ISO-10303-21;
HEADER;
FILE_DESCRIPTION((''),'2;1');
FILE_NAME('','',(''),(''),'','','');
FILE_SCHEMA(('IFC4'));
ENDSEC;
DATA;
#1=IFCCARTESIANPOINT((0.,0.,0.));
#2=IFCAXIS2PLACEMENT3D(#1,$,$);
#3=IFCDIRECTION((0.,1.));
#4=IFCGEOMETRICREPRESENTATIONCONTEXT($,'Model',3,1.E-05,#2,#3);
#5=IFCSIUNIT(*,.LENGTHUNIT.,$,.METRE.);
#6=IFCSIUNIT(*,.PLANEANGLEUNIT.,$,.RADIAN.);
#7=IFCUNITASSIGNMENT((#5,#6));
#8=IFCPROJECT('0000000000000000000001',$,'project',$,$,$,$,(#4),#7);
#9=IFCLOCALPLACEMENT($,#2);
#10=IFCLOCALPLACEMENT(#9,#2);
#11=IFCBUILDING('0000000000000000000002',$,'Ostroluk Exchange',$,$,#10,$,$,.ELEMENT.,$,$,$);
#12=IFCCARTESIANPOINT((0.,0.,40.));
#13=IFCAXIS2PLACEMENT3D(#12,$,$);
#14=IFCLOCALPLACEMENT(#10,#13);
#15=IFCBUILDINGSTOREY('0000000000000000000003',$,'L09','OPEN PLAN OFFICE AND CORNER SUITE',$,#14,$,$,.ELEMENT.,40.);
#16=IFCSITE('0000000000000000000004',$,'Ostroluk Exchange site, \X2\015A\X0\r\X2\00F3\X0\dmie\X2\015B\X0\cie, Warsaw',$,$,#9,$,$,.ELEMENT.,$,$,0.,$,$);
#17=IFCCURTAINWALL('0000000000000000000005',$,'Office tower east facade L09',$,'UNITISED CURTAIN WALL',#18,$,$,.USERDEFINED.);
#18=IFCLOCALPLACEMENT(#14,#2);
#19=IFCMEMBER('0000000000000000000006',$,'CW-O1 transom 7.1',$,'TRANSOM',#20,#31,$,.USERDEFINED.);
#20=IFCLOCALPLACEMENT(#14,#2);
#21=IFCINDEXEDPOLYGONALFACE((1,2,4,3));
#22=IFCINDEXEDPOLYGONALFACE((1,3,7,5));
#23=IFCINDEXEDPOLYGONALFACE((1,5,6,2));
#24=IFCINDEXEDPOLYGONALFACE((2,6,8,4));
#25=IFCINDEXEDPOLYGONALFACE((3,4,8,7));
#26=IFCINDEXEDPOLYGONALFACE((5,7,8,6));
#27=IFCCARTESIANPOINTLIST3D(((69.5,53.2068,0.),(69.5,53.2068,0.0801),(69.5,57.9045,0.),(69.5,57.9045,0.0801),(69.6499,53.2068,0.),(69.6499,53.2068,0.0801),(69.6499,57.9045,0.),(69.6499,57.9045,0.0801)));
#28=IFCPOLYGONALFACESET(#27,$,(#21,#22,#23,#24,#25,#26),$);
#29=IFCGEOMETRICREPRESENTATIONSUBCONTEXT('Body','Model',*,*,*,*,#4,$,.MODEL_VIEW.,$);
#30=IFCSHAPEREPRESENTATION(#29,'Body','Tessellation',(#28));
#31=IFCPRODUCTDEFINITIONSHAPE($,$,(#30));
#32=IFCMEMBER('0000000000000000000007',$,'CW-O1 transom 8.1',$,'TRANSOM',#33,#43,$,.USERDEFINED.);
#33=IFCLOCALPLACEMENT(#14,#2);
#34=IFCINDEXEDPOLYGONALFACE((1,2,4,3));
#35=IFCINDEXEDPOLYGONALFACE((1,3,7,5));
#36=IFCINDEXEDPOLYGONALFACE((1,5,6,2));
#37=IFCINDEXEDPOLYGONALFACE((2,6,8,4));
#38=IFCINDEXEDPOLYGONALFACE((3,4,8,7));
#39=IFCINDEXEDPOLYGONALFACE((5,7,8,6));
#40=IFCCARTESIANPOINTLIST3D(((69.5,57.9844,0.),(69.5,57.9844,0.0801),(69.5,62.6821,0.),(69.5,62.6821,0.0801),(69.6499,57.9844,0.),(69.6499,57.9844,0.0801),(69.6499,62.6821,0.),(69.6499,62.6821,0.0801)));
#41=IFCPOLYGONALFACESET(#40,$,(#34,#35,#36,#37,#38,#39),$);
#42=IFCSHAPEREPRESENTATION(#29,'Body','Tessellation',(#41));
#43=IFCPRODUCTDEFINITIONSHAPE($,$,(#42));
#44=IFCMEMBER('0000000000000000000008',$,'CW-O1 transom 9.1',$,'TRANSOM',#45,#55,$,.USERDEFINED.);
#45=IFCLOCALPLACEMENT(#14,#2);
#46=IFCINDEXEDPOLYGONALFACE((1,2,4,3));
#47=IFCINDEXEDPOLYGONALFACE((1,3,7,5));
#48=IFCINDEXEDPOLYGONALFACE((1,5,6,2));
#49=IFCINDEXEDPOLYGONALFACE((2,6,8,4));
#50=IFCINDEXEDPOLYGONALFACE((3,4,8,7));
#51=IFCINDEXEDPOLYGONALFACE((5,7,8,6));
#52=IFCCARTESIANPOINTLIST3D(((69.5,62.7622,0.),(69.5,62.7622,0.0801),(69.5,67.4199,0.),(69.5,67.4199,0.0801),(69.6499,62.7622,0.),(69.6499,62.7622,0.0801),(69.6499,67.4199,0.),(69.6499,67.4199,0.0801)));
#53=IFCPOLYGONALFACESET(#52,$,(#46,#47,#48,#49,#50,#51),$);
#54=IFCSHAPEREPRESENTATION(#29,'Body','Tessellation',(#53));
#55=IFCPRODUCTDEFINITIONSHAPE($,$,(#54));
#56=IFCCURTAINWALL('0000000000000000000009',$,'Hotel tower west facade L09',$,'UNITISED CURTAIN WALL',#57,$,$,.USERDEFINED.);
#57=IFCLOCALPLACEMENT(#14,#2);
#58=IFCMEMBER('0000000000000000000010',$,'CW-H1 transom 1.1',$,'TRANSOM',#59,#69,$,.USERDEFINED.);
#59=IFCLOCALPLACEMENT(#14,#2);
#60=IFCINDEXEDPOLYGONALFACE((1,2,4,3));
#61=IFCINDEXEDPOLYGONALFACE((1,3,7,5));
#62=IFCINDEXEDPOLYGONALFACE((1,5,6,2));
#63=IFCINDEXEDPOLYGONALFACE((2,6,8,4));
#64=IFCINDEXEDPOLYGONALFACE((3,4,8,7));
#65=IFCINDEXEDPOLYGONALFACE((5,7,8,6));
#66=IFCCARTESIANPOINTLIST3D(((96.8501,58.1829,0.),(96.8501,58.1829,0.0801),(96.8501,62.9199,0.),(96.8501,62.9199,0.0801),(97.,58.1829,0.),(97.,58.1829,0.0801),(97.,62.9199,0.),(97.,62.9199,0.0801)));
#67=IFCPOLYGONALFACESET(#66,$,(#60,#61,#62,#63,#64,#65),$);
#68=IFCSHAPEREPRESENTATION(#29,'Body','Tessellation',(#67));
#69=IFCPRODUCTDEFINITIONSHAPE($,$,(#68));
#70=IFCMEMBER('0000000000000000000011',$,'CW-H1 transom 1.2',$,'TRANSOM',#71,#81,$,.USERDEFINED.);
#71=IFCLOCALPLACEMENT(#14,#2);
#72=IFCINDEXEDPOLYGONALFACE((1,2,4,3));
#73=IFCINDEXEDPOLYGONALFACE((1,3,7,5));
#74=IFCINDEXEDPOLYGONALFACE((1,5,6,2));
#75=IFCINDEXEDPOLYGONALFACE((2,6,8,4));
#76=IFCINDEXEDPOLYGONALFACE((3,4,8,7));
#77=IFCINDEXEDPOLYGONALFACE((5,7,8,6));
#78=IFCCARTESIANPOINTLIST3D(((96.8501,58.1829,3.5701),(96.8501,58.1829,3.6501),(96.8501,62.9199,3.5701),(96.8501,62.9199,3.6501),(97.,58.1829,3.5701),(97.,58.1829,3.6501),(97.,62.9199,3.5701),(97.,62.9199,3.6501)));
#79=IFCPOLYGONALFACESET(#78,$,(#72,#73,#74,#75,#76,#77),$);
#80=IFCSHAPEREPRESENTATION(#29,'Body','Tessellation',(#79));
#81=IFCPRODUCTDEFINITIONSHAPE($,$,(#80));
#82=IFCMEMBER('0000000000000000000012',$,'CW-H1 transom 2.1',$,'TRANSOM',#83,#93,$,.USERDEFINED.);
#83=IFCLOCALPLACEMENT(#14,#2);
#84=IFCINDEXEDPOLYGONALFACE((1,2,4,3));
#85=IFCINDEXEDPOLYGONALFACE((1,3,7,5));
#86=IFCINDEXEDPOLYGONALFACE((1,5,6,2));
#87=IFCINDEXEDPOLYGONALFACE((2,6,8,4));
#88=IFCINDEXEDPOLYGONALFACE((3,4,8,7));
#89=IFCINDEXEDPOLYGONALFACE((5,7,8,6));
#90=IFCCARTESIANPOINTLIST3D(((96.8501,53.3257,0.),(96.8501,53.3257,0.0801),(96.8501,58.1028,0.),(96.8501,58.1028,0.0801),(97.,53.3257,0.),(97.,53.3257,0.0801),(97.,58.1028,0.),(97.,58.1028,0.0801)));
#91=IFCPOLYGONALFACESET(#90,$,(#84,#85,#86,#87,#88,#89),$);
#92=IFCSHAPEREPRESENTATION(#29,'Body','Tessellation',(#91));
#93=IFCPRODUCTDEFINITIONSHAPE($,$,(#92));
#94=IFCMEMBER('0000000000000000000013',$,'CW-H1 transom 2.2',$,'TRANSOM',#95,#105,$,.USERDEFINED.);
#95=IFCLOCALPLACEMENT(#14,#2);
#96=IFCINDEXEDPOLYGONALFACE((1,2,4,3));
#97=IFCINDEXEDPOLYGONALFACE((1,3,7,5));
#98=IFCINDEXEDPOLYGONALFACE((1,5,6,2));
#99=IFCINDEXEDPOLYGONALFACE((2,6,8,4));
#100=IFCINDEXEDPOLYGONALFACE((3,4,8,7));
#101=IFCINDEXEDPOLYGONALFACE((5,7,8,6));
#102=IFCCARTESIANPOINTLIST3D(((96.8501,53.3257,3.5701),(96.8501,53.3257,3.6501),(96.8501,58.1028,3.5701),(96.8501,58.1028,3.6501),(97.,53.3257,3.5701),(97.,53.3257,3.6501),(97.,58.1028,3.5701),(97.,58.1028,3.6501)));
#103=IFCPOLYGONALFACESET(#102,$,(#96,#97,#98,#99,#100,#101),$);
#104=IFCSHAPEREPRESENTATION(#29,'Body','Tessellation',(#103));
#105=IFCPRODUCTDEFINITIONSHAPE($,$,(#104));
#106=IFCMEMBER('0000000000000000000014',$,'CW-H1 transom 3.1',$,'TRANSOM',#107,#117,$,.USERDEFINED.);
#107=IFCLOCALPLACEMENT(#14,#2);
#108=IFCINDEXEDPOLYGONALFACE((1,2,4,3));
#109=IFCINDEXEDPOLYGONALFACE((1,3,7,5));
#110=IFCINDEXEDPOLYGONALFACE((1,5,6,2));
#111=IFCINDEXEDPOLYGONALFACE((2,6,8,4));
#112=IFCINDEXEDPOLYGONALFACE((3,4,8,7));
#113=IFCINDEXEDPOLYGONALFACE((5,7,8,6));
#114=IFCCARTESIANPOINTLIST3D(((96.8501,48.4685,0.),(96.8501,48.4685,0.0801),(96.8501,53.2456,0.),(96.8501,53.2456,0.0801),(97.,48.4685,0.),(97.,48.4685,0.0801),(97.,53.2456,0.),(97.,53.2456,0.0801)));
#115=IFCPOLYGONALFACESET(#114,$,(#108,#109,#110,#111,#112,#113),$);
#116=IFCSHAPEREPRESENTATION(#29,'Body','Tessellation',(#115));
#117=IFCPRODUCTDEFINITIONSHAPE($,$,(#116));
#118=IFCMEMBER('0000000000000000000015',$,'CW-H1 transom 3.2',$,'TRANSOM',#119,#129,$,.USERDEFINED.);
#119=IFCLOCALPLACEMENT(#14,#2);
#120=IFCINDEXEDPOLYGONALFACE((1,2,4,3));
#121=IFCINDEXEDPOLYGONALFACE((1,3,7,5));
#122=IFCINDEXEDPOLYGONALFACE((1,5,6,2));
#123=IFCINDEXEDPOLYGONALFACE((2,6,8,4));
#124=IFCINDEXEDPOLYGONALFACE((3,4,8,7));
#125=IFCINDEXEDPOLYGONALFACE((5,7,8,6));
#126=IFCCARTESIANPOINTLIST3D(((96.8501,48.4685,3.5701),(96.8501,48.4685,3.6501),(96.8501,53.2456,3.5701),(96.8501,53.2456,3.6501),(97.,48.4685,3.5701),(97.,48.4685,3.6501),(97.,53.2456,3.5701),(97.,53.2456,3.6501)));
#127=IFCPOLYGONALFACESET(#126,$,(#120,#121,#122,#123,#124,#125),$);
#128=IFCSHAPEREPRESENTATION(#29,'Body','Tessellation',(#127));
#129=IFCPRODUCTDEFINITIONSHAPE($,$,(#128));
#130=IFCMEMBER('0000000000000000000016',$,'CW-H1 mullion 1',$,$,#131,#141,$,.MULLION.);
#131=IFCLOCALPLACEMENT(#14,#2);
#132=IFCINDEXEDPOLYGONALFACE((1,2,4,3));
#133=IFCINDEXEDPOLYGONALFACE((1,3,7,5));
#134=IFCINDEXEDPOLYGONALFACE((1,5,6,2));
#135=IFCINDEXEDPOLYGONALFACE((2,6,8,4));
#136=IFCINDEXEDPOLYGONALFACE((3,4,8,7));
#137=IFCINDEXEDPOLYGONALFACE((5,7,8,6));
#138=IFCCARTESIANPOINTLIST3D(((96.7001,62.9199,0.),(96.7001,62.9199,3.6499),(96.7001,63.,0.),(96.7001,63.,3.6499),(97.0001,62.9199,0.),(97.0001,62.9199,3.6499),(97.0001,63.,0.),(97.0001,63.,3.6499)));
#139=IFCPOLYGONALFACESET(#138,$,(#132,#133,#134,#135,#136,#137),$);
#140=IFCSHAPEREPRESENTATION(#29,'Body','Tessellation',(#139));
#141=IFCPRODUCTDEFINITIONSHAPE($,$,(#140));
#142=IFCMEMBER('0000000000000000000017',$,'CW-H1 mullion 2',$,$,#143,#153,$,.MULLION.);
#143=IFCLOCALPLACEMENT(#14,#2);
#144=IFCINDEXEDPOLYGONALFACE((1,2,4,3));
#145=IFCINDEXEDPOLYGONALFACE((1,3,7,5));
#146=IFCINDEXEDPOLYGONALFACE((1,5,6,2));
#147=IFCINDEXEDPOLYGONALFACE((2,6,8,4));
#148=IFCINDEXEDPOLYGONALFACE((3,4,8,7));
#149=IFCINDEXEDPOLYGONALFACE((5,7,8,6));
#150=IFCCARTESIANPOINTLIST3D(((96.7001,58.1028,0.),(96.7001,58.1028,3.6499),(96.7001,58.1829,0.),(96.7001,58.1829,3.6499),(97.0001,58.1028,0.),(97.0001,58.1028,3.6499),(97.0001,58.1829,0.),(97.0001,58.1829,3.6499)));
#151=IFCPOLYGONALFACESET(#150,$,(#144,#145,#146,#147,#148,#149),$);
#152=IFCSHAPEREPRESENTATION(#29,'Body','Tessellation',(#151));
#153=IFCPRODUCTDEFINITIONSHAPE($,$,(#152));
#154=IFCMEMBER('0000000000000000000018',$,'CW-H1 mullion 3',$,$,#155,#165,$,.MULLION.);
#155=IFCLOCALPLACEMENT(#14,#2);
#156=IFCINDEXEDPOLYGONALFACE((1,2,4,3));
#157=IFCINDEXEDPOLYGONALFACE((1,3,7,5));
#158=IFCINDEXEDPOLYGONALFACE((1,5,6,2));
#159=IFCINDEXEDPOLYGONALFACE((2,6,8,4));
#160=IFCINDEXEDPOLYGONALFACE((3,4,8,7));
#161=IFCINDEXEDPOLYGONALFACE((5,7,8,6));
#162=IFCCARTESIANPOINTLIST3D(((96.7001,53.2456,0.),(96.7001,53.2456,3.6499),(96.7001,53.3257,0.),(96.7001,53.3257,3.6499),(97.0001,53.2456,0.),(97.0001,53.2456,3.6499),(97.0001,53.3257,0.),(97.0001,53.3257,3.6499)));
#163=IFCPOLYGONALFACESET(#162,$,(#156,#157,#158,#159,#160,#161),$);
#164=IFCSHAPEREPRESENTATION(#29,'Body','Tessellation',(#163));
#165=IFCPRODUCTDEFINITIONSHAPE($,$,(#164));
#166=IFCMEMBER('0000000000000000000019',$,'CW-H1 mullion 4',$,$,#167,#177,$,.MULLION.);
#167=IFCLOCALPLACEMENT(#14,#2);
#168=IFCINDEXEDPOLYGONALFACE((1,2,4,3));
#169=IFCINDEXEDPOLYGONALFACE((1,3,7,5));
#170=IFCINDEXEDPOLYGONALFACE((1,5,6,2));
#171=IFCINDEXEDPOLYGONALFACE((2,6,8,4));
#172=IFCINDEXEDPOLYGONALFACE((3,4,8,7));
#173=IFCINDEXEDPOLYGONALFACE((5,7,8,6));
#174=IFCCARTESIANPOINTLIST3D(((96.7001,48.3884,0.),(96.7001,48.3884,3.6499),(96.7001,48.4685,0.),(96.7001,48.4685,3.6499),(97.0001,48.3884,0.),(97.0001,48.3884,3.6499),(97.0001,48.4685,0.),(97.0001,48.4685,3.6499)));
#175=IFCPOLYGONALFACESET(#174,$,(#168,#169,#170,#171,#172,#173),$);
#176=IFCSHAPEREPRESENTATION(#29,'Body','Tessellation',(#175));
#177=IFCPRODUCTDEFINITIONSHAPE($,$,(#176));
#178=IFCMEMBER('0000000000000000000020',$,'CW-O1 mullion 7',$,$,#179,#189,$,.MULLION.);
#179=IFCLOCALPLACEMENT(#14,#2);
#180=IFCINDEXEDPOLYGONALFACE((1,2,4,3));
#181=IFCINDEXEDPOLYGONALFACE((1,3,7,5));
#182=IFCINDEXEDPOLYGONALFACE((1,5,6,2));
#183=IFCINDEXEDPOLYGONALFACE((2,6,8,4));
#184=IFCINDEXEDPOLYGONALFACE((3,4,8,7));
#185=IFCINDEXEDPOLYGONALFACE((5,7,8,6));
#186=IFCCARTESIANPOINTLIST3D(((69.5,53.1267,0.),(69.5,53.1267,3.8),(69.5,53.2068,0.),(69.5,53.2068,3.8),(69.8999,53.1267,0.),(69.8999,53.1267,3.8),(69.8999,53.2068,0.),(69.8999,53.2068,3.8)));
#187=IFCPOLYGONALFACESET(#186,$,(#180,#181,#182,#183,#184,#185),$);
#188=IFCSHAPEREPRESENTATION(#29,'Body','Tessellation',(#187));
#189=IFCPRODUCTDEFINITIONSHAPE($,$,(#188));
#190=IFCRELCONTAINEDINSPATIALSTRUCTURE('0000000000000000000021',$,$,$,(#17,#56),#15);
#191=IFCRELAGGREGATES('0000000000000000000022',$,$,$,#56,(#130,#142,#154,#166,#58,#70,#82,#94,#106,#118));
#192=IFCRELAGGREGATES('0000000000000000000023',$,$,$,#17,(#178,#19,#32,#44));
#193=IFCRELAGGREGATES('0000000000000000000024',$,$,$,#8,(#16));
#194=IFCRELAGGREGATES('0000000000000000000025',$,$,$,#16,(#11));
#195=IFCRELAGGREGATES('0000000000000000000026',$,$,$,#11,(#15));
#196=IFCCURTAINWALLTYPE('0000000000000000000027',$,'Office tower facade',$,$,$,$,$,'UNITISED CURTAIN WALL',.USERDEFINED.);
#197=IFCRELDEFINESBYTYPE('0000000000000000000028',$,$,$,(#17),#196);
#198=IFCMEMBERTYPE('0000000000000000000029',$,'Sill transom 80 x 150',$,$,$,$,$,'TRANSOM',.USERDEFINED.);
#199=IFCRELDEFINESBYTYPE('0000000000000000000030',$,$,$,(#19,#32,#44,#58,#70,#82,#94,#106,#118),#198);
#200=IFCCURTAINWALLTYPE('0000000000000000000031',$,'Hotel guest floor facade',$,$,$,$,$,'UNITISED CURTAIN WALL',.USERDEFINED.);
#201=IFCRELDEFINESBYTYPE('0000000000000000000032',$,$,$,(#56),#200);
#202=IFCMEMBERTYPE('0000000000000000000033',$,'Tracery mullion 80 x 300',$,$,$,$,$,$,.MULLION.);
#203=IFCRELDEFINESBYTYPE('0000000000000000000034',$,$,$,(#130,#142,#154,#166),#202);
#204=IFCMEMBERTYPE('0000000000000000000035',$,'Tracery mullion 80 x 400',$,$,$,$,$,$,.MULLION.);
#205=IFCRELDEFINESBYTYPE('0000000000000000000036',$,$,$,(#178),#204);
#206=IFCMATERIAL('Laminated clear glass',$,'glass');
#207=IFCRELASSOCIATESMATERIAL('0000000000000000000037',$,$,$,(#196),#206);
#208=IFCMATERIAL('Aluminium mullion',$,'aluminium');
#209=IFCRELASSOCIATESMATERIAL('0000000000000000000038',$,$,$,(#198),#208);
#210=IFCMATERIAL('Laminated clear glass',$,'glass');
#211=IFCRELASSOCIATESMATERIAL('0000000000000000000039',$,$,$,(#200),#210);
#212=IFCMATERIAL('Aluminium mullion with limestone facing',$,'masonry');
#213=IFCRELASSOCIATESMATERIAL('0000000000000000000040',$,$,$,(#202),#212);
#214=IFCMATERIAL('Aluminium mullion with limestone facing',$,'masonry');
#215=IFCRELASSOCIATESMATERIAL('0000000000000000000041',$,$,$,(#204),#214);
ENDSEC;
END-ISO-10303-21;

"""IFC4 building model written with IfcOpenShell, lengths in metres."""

from ifc_helpers import new_model, si_unit, direction, frame, origin, origin_2d, place, context, subcontext, project, spatial, rectangle, extrude, material, material_profile, profile_set, type_object, element, aggregate, save


model = new_model("IFC4")

# Units and contexts
model_context = context("Model", 3, precision=1e-05, world=origin(), true_north=direction((0.0, 1.0)))
body_context = subcontext(model_context, "Body", "Model", "MODEL_VIEW")
ifc_project = project(units=[si_unit("LENGTHUNIT", "METRE"), si_unit("PLANEANGLEUNIT", "RADIAN")], contexts=[model_context])

# Site, building, storey
site_placement = place(None, origin())
site = spatial("IfcSite", under=ifc_project, at=site_placement, Name="Ostroluk Exchange site, Śródmieście, Warsaw", CompositionType="ELEMENT", RefElevation=0.0)
building_placement = place(site_placement, origin())
building = spatial("IfcBuilding", under=site, at=building_placement, Name="Ostroluk Exchange", CompositionType="ELEMENT")
storey_placement = place(building_placement, frame((0.0, 0.0, 40.0)))
storey = spatial("IfcBuildingStorey", under=building, at=storey_placement, Name="L09", Description="OPEN PLAN OFFICE AND CORNER SUITE", CompositionType="ELEMENT", Elevation=40.0)

# Curtain walls, members
ifc_material_1 = material(Name="Laminated clear glass", Category="glass")
curtain_wall_type_1 = type_object("IfcCurtainWallType", Name="Office tower facade", ElementType="UNITISED CURTAIN WALL", PredefinedType="USERDEFINED", material=ifc_material_1)
curtain_wall_1_placement = place(storey_placement, origin())
curtain_wall_1 = element("IfcCurtainWall", 1, at=curtain_wall_1_placement, inside=storey, type_object=curtain_wall_type_1, Name="Office tower east facade L09", ObjectType="UNITISED CURTAIN WALL", PredefinedType="USERDEFINED")
ifc_material_2 = material(Name="Aluminium mullion", Category="aluminium")
ifc_material_profile_1 = material_profile(ifc_material_2, rectangle(XDim=0.1499, YDim=0.0801, at=origin_2d()), Name="Sill transom 80 x 150")
ifc_profile_set_1 = profile_set([ifc_material_profile_1], Name="Aluminium mullion")
member_type_1 = type_object("IfcMemberType", Name="Sill transom 80 x 150", ElementType="TRANSOM", PredefinedType="USERDEFINED", material=ifc_profile_set_1)
member_1_placement = place(storey_placement, frame((69.575, 53.2068, 0.04), z_axis=(0.0, 1.0, 0.0), x_axis=(-1.0, 0.0, 0.0)))
member_1 = element("IfcMember", 2, at=member_1_placement, type_object=member_type_1, Name="CW-O1 transom 7.1", ObjectType="TRANSOM", PredefinedType="USERDEFINED", context=body_context, shape_type="SweptSolid", body=[
    extrude(rectangle(XDim=0.1499, YDim=0.0801, at=origin_2d()), origin(), (0.0, 0.0, 1.0), 4.6978),
])
member_2_placement = place(storey_placement, frame((69.575, 57.9844, 0.04), z_axis=(0.0, 1.0, 0.0), x_axis=(-1.0, 0.0, 0.0)))
member_2 = element("IfcMember", 3, at=member_2_placement, type_object=member_type_1, Name="CW-O1 transom 8.1", ObjectType="TRANSOM", PredefinedType="USERDEFINED", context=body_context, shape_type="SweptSolid", body=[
    extrude(rectangle(XDim=0.1499, YDim=0.0801, at=origin_2d()), origin(), (0.0, 0.0, 1.0), 4.6978),
])
member_3_placement = place(storey_placement, frame((69.575, 62.7622, 0.04), z_axis=(0.0, 1.0, 0.0), x_axis=(-1.0, 0.0, 0.0)))
member_3 = element("IfcMember", 4, at=member_3_placement, type_object=member_type_1, Name="CW-O1 transom 9.1", ObjectType="TRANSOM", PredefinedType="USERDEFINED", context=body_context, shape_type="SweptSolid", body=[
    extrude(rectangle(XDim=0.1499, YDim=0.0801, at=origin_2d()), origin(), (0.0, 0.0, 1.0), 4.6577),
])
ifc_material_3 = material(Name="Laminated clear glass", Category="glass")
curtain_wall_type_2 = type_object("IfcCurtainWallType", Name="Hotel guest floor facade", ElementType="UNITISED CURTAIN WALL", PredefinedType="USERDEFINED", material=ifc_material_3)
curtain_wall_2_placement = place(storey_placement, origin())
curtain_wall_2 = element("IfcCurtainWall", 5, at=curtain_wall_2_placement, inside=storey, type_object=curtain_wall_type_2, Name="Hotel tower west facade L09", ObjectType="UNITISED CURTAIN WALL", PredefinedType="USERDEFINED")
member_4_placement = place(storey_placement, frame((96.925, 62.9199, 0.04), z_axis=(0.0, -1.0, 0.0), x_axis=(1.0, 0.0, 0.0)))
member_4 = element("IfcMember", 6, at=member_4_placement, type_object=member_type_1, Name="CW-H1 transom 1.1", ObjectType="TRANSOM", PredefinedType="USERDEFINED", context=body_context, shape_type="SweptSolid", body=[
    extrude(rectangle(XDim=0.1499, YDim=0.0801, at=origin_2d()), origin(), (0.0, 0.0, 1.0), 4.7371),
])
member_5_placement = place(storey_placement, frame((96.925, 62.9199, 3.6101), z_axis=(0.0, -1.0, 0.0), x_axis=(1.0, 0.0, 0.0)))
member_5 = element("IfcMember", 7, at=member_5_placement, type_object=member_type_1, Name="CW-H1 transom 1.2", ObjectType="TRANSOM", PredefinedType="USERDEFINED", context=body_context, shape_type="SweptSolid", body=[
    extrude(rectangle(XDim=0.1499, YDim=0.0801, at=origin_2d()), origin(), (0.0, 0.0, 1.0), 4.7371),
])
member_6_placement = place(storey_placement, frame((96.925, 58.1028, 0.04), z_axis=(0.0, -1.0, 0.0), x_axis=(1.0, 0.0, 0.0)))
member_6 = element("IfcMember", 8, at=member_6_placement, type_object=member_type_1, Name="CW-H1 transom 2.1", ObjectType="TRANSOM", PredefinedType="USERDEFINED", context=body_context, shape_type="SweptSolid", body=[
    extrude(rectangle(XDim=0.1499, YDim=0.0801, at=origin_2d()), origin(), (0.0, 0.0, 1.0), 4.7771),
])
member_7_placement = place(storey_placement, frame((96.925, 58.1028, 3.6101), z_axis=(0.0, -1.0, 0.0), x_axis=(1.0, 0.0, 0.0)))
member_7 = element("IfcMember", 9, at=member_7_placement, type_object=member_type_1, Name="CW-H1 transom 2.2", ObjectType="TRANSOM", PredefinedType="USERDEFINED", context=body_context, shape_type="SweptSolid", body=[
    extrude(rectangle(XDim=0.1499, YDim=0.0801, at=origin_2d()), origin(), (0.0, 0.0, 1.0), 4.7771),
])
member_8_placement = place(storey_placement, frame((96.925, 53.2456, 0.04), z_axis=(0.0, -1.0, 0.0), x_axis=(1.0, 0.0, 0.0)))
member_8 = element("IfcMember", 10, at=member_8_placement, type_object=member_type_1, Name="CW-H1 transom 3.1", ObjectType="TRANSOM", PredefinedType="USERDEFINED", context=body_context, shape_type="SweptSolid", body=[
    extrude(rectangle(XDim=0.1499, YDim=0.0801, at=origin_2d()), origin(), (0.0, 0.0, 1.0), 4.7771),
])
member_9_placement = place(storey_placement, frame((96.925, 53.2456, 3.6101), z_axis=(0.0, -1.0, 0.0), x_axis=(1.0, 0.0, 0.0)))
member_9 = element("IfcMember", 11, at=member_9_placement, type_object=member_type_1, Name="CW-H1 transom 3.2", ObjectType="TRANSOM", PredefinedType="USERDEFINED", context=body_context, shape_type="SweptSolid", body=[
    extrude(rectangle(XDim=0.1499, YDim=0.0801, at=origin_2d()), origin(), (0.0, 0.0, 1.0), 4.7771),
])
ifc_material_4 = material(Name="Aluminium mullion with limestone facing", Category="masonry")
ifc_material_profile_2 = material_profile(ifc_material_4, rectangle(XDim=0.3, YDim=0.0801, at=origin_2d()), Name="Tracery mullion 80 x 300")
ifc_profile_set_2 = profile_set([ifc_material_profile_2], Name="Aluminium mullion with limestone facing")
member_type_2 = type_object("IfcMemberType", Name="Tracery mullion 80 x 300", PredefinedType="MULLION", material=ifc_profile_set_2)
member_10_placement = place(storey_placement, frame((96.8501, 62.96, 0.0), z_axis=(0.0, 0.0, 1.0), x_axis=(1.0, 0.0, 0.0)))
member_10 = element("IfcMember", 12, at=member_10_placement, type_object=member_type_2, Name="CW-H1 mullion 1", PredefinedType="MULLION", context=body_context, shape_type="SweptSolid", body=[
    extrude(rectangle(XDim=0.3, YDim=0.0801, at=origin_2d()), origin(), (0.0, 0.0, 1.0), 3.6499),
])
member_11_placement = place(storey_placement, frame((96.8501, 58.1428, 0.0), z_axis=(0.0, 0.0, 1.0), x_axis=(1.0, 0.0, 0.0)))
member_11 = element("IfcMember", 13, at=member_11_placement, type_object=member_type_2, Name="CW-H1 mullion 2", PredefinedType="MULLION", context=body_context, shape_type="SweptSolid", body=[
    extrude(rectangle(XDim=0.3, YDim=0.0801, at=origin_2d()), origin(), (0.0, 0.0, 1.0), 3.6499),
])
member_12_placement = place(storey_placement, frame((96.8501, 53.2856, 0.0), z_axis=(0.0, 0.0, 1.0), x_axis=(1.0, 0.0, 0.0)))
member_12 = element("IfcMember", 14, at=member_12_placement, type_object=member_type_2, Name="CW-H1 mullion 3", PredefinedType="MULLION", context=body_context, shape_type="SweptSolid", body=[
    extrude(rectangle(XDim=0.3, YDim=0.0801, at=origin_2d()), origin(), (0.0, 0.0, 1.0), 3.6499),
])
member_13_placement = place(storey_placement, frame((96.8501, 48.4285, 0.0), z_axis=(0.0, 0.0, 1.0), x_axis=(1.0, 0.0, 0.0)))
member_13 = element("IfcMember", 15, at=member_13_placement, type_object=member_type_2, Name="CW-H1 mullion 4", PredefinedType="MULLION", context=body_context, shape_type="SweptSolid", body=[
    extrude(rectangle(XDim=0.3, YDim=0.0801, at=origin_2d()), origin(), (0.0, 0.0, 1.0), 3.6499),
])

# Member
ifc_material_5 = material(Name="Aluminium mullion with limestone facing", Category="masonry")
ifc_material_profile_3 = material_profile(ifc_material_5, rectangle(XDim=0.3999, YDim=0.0801, at=origin_2d()), Name="Tracery mullion 80 x 400")
ifc_profile_set_3 = profile_set([ifc_material_profile_3], Name="Aluminium mullion with limestone facing")
member_type_3 = type_object("IfcMemberType", Name="Tracery mullion 80 x 400", PredefinedType="MULLION", material=ifc_profile_set_3)
member_14_placement = place(storey_placement, frame((69.7, 53.1667, 0.0), z_axis=(0.0, 0.0, 1.0), x_axis=(-1.0, 0.0, 0.0)))
member_14 = element("IfcMember", 16, at=member_14_placement, type_object=member_type_3, Name="CW-O1 mullion 7", PredefinedType="MULLION", context=body_context, shape_type="SweptSolid", body=[
    extrude(rectangle(XDim=0.3999, YDim=0.0801, at=origin_2d()), origin(), (0.0, 0.0, 1.0), 3.8),
])

aggregate(curtain_wall_2, [member_10, member_11, member_12, member_13, member_4, member_5, member_6, member_7, member_8, member_9])
aggregate(curtain_wall_1, [member_14, member_1, member_2, member_3])

save(model, "model.ifc")
